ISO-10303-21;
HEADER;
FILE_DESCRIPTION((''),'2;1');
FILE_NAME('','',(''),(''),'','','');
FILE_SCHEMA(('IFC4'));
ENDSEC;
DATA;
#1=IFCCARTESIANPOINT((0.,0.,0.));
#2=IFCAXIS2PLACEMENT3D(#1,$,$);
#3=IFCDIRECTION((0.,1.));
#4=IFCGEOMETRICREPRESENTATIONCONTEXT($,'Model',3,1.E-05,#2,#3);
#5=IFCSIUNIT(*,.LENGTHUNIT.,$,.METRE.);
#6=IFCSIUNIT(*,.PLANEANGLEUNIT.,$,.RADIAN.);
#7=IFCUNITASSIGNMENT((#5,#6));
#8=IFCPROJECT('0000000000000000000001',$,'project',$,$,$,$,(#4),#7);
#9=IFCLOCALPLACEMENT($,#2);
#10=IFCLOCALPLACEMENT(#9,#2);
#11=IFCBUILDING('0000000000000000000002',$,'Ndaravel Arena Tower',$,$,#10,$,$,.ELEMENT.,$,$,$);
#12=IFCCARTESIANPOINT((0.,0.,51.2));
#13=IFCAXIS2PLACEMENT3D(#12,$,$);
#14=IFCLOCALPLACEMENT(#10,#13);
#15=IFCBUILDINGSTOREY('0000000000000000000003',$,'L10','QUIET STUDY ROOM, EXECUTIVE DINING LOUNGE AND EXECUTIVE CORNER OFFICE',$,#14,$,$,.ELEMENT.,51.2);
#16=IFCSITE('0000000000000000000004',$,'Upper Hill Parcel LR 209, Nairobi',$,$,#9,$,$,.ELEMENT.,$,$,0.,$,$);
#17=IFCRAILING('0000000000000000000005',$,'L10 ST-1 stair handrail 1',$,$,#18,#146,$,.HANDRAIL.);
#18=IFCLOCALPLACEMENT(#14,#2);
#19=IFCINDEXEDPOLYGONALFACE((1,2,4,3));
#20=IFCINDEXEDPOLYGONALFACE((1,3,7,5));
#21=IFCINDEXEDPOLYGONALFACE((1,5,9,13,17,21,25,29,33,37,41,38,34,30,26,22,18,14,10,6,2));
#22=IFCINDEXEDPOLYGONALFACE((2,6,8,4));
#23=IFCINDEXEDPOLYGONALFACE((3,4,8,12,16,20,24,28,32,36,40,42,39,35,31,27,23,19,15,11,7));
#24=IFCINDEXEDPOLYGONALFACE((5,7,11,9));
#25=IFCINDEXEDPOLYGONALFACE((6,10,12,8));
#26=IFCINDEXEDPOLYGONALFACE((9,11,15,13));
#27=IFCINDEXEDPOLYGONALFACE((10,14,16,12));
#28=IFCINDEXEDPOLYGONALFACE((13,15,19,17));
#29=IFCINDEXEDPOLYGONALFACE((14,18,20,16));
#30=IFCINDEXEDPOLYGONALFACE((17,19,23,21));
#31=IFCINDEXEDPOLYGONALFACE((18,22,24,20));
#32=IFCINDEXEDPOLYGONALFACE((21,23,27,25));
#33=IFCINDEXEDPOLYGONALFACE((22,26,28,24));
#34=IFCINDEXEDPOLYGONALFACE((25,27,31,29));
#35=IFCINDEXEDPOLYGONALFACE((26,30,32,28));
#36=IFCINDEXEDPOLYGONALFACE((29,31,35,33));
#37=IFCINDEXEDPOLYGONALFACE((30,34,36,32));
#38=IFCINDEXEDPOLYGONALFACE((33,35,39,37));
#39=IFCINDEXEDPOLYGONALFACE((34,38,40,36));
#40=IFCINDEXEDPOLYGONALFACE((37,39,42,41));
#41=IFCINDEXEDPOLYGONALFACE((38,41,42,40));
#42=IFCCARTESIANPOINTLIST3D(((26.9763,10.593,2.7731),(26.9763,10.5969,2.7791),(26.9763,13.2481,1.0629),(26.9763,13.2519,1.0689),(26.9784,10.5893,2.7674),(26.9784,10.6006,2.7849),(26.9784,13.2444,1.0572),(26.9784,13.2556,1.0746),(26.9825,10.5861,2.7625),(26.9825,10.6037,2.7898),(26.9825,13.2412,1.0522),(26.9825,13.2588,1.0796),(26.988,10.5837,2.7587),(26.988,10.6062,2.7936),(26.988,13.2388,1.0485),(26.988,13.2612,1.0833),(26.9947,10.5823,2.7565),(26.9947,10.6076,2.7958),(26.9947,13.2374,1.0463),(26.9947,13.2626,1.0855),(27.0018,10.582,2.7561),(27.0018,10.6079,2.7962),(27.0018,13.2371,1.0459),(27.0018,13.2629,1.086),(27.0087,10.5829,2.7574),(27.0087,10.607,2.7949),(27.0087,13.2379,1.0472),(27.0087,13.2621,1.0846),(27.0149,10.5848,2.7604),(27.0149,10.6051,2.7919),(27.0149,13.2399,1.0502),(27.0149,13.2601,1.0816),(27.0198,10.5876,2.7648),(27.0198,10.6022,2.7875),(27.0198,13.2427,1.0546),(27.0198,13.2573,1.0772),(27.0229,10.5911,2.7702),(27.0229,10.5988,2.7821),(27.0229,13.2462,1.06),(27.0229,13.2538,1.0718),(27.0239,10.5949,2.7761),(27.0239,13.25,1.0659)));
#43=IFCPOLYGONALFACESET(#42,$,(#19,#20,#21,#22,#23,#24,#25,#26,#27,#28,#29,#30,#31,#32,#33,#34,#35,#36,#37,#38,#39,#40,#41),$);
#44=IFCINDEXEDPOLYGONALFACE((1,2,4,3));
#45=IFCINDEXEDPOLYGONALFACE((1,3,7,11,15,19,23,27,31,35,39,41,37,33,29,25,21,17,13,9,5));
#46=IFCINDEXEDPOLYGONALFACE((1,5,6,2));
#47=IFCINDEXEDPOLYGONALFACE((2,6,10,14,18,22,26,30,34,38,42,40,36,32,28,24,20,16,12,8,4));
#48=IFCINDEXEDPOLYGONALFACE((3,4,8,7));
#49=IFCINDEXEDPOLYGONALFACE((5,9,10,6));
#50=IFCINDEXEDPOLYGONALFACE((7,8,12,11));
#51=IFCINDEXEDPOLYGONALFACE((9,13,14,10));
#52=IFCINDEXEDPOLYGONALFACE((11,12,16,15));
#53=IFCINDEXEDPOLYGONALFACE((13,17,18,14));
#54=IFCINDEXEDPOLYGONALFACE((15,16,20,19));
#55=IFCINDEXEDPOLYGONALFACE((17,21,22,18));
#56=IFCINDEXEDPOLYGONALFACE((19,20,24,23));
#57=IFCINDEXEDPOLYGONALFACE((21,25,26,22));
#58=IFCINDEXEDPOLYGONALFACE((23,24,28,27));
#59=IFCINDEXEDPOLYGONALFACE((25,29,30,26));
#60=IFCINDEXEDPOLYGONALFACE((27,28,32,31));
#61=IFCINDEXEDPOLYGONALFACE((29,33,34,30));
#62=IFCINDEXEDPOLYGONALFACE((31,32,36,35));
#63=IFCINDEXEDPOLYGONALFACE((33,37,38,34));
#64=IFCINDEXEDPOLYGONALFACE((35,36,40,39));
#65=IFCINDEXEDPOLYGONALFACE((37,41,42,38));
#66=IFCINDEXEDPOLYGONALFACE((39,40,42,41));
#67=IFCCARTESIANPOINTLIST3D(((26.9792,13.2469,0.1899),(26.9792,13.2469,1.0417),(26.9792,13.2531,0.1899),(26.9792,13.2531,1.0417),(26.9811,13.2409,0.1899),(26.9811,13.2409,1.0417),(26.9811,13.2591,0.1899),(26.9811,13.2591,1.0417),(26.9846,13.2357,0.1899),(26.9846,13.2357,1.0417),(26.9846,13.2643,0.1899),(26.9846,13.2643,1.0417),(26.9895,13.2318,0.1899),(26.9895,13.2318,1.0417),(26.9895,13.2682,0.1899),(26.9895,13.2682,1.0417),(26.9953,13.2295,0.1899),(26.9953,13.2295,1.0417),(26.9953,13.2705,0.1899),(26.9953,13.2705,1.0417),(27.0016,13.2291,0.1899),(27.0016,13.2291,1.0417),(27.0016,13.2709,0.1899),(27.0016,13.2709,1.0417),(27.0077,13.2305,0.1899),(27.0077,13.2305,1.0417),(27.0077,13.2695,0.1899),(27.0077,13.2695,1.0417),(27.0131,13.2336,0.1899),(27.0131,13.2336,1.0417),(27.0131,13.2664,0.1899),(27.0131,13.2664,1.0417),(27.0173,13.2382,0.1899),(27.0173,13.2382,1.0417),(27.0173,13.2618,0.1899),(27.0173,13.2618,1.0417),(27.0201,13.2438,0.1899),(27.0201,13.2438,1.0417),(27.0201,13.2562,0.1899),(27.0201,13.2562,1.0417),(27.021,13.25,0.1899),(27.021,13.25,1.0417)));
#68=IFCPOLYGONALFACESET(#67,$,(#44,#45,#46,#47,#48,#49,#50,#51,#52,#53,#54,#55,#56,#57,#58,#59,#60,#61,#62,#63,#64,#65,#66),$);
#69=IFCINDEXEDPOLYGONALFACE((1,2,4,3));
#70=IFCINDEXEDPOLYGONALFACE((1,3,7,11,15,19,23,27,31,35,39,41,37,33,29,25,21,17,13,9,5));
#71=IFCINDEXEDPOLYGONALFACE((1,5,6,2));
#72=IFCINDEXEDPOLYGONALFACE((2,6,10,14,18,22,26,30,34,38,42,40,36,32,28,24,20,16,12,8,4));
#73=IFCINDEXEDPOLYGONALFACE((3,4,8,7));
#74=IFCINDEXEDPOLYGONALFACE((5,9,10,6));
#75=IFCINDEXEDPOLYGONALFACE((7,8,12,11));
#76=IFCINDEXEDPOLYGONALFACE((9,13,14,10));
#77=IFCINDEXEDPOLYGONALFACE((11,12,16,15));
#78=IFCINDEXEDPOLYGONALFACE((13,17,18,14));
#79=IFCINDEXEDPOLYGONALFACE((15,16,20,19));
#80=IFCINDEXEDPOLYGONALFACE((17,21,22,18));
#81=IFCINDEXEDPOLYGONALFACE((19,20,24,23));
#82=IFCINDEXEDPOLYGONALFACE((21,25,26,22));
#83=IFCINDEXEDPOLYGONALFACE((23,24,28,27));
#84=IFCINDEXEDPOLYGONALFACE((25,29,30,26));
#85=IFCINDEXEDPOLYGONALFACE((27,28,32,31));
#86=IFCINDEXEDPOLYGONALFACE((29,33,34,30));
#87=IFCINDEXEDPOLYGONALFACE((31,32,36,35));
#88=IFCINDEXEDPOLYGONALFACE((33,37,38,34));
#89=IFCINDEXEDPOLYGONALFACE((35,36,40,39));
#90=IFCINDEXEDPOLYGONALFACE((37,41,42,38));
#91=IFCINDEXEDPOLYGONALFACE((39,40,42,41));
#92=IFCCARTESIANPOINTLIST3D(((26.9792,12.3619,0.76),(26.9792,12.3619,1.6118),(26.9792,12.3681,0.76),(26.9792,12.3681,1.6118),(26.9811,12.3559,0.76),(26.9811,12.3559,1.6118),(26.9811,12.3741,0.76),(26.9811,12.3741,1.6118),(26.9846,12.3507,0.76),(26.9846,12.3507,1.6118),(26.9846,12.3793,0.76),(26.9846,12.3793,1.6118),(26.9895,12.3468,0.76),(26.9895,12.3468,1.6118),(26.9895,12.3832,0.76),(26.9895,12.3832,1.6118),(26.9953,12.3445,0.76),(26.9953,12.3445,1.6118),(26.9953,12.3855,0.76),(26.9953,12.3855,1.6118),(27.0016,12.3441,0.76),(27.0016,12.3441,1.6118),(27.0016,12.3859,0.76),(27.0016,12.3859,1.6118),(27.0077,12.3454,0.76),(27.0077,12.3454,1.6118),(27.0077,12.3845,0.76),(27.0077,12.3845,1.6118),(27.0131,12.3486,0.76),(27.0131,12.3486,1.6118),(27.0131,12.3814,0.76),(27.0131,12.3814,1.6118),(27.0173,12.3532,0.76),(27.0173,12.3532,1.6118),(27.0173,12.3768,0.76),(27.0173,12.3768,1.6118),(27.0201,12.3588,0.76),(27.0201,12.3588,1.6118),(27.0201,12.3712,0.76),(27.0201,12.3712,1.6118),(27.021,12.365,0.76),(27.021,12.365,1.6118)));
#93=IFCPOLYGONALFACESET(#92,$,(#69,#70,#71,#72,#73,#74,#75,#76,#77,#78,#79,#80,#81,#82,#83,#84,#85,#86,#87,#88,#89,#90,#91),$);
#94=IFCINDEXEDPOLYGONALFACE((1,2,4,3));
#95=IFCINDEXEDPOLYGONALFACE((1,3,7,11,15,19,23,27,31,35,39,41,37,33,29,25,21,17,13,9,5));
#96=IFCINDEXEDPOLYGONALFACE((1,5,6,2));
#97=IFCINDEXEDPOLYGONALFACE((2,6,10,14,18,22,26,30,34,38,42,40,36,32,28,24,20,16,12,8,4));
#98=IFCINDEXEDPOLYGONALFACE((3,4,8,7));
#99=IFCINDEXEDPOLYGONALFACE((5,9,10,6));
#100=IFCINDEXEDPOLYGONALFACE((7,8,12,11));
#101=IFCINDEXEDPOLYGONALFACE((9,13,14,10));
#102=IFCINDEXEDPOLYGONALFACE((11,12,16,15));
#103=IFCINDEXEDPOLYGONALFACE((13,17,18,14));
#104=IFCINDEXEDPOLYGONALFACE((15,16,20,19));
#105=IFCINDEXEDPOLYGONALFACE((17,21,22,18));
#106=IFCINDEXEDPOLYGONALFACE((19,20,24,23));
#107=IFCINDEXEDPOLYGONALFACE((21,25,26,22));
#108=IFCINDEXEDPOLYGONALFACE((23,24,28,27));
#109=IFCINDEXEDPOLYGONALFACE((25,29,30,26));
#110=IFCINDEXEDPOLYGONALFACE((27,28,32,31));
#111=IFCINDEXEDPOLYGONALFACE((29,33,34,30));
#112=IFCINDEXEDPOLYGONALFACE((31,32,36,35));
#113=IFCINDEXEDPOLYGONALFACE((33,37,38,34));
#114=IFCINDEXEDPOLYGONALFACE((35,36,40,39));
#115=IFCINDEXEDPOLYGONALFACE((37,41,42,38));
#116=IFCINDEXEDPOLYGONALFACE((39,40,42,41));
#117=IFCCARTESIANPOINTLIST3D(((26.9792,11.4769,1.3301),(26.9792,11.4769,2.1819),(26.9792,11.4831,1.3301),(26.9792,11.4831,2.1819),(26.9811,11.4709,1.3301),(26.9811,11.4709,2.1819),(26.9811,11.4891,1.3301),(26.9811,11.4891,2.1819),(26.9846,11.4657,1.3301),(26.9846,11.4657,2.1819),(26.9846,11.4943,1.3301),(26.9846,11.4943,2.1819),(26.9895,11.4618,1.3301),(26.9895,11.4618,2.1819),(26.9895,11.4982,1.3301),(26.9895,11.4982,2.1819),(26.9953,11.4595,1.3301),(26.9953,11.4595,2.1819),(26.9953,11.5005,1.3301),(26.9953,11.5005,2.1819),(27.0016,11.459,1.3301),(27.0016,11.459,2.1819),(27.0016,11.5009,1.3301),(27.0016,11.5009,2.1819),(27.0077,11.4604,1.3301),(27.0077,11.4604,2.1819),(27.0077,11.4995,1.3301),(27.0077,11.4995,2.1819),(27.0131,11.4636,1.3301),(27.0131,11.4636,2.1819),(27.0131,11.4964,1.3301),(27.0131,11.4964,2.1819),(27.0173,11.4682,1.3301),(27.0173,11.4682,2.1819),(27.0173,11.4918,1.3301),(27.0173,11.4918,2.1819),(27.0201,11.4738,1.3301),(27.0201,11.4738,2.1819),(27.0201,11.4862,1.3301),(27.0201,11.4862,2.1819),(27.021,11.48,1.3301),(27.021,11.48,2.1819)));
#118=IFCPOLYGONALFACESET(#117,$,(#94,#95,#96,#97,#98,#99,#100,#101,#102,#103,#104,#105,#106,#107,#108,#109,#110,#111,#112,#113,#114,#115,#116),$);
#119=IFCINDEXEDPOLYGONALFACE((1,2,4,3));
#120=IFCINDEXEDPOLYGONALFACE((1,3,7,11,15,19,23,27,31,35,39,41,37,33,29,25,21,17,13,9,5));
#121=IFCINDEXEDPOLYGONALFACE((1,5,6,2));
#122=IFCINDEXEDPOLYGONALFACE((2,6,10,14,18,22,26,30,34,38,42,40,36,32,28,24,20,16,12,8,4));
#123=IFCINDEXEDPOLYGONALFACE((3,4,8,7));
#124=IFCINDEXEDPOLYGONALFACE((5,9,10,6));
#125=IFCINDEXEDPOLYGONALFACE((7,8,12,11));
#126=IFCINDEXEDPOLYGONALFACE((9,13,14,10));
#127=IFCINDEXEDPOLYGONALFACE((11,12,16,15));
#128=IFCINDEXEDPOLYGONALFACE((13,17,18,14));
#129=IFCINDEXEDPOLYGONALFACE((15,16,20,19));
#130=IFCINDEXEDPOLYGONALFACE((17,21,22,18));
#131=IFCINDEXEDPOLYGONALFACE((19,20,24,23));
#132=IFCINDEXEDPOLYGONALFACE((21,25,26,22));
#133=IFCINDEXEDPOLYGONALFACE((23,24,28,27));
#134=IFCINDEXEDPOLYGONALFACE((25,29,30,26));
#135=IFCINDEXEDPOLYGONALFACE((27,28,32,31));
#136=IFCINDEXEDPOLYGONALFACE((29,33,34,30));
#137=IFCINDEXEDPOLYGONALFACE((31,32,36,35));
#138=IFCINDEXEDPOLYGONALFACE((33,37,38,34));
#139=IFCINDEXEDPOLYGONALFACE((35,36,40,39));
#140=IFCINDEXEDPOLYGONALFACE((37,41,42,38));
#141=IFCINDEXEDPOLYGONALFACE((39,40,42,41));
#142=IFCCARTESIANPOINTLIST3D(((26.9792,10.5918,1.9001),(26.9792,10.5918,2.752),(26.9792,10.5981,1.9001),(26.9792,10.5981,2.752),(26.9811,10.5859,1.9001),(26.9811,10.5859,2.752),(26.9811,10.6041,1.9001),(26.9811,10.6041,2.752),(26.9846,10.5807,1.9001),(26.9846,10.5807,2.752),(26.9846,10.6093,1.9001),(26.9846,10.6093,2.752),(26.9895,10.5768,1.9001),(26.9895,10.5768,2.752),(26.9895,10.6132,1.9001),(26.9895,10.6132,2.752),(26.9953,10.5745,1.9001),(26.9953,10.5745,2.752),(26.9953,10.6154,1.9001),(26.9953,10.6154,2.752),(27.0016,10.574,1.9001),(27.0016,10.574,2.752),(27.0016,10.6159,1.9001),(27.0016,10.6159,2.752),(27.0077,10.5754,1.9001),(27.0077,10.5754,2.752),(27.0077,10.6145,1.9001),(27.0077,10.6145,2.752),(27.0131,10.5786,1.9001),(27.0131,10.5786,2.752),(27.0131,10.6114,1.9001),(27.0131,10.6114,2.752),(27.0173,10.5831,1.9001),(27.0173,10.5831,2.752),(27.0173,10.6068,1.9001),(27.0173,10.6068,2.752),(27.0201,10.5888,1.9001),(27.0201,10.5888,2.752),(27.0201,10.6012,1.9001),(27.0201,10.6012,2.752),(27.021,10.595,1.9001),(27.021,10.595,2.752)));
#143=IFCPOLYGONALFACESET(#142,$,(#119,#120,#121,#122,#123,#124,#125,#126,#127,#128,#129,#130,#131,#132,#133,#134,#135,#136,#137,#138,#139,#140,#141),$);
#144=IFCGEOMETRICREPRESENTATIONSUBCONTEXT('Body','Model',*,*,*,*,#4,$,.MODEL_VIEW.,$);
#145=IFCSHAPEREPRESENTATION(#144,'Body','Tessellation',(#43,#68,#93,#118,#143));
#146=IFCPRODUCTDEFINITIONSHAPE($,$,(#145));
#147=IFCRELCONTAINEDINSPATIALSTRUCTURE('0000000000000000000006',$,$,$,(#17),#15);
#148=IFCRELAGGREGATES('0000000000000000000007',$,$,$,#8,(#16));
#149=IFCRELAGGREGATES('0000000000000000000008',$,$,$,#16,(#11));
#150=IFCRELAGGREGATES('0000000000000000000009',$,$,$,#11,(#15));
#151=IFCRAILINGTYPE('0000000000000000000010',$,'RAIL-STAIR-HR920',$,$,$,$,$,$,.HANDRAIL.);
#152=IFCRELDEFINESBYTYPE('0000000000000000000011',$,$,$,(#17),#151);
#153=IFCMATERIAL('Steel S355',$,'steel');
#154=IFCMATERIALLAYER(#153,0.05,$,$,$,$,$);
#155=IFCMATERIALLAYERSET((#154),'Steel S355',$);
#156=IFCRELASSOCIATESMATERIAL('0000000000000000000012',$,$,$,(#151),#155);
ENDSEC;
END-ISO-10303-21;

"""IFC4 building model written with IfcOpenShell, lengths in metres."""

from ifc_helpers import new_model, si_unit, direction, frame, origin, origin_2d, place, context, subcontext, project, spatial, circle, extrude, material, layer, layer_set, type_object, element, save


model = new_model("IFC4")

# Units and contexts
model_context = context("Model", 3, precision=1e-05, world=origin(), true_north=direction((0.0, 1.0)))
body_context = subcontext(model_context, "Body", "Model", "MODEL_VIEW")
ifc_project = project(units=[si_unit("LENGTHUNIT", "METRE"), si_unit("PLANEANGLEUNIT", "RADIAN")], contexts=[model_context])

# Site, building, storey
site_placement = place(None, origin())
site = spatial("IfcSite", under=ifc_project, at=site_placement, Name="Upper Hill Parcel LR 209, Nairobi", CompositionType="ELEMENT", RefElevation=0.0)
building_placement = place(site_placement, origin())
building = spatial("IfcBuilding", under=site, at=building_placement, Name="Ndaravel Arena Tower", CompositionType="ELEMENT")
storey_placement = place(building_placement, frame((0.0, 0.0, 51.2)))
storey = spatial("IfcBuildingStorey", under=building, at=storey_placement, Name="L10", Description="QUIET STUDY ROOM, EXECUTIVE DINING LOUNGE AND EXECUTIVE CORNER OFFICE", CompositionType="ELEMENT", Elevation=51.2)

# Railing
ifc_material_1 = material(Name="Steel S355", Category="steel")
ifc_layer_1 = layer(ifc_material_1, 0.05)
ifc_layer_set_1 = layer_set([ifc_layer_1], Name="Steel S355")
railing_type_1 = type_object("IfcRailingType", Name="RAIL-STAIR-HR920", PredefinedType="HANDRAIL", material=ifc_layer_set_1)
railing_1_placement = place(storey_placement, frame((27.0, 13.25, 0.1899)))
element("IfcRailing", 1, at=railing_1_placement, inside=storey, type_object=railing_type_1, Name="L10 ST-1 stair handrail 1", PredefinedType="HANDRAIL", context=body_context, shape_type="SweptSolid", body=[
    extrude(circle(Radius=0.0239, at=origin_2d()), frame((0.0, 0.0, 0.876), z_axis=(0.0, -0.840688, 0.541519), x_axis=(1.0, 0.0, 0.0)), (0.0, 0.0, 1.0), 3.1582),
    extrude(circle(Radius=0.021, at=origin_2d()), origin(), (0.0, 0.0, 1.0), 0.8518),
    extrude(circle(Radius=0.021, at=origin_2d()), frame((0.0, -0.885, 0.5701)), (0.0, 0.0, 1.0), 0.8518),
    extrude(circle(Radius=0.021, at=origin_2d()), frame((0.0, -1.77, 1.1401)), (0.0, 0.0, 1.0), 0.8518),
    extrude(circle(Radius=0.021, at=origin_2d()), frame((0.0, -2.655, 1.7102)), (0.0, 0.0, 1.0), 0.8518),
])

save(model, "model.ifc")
